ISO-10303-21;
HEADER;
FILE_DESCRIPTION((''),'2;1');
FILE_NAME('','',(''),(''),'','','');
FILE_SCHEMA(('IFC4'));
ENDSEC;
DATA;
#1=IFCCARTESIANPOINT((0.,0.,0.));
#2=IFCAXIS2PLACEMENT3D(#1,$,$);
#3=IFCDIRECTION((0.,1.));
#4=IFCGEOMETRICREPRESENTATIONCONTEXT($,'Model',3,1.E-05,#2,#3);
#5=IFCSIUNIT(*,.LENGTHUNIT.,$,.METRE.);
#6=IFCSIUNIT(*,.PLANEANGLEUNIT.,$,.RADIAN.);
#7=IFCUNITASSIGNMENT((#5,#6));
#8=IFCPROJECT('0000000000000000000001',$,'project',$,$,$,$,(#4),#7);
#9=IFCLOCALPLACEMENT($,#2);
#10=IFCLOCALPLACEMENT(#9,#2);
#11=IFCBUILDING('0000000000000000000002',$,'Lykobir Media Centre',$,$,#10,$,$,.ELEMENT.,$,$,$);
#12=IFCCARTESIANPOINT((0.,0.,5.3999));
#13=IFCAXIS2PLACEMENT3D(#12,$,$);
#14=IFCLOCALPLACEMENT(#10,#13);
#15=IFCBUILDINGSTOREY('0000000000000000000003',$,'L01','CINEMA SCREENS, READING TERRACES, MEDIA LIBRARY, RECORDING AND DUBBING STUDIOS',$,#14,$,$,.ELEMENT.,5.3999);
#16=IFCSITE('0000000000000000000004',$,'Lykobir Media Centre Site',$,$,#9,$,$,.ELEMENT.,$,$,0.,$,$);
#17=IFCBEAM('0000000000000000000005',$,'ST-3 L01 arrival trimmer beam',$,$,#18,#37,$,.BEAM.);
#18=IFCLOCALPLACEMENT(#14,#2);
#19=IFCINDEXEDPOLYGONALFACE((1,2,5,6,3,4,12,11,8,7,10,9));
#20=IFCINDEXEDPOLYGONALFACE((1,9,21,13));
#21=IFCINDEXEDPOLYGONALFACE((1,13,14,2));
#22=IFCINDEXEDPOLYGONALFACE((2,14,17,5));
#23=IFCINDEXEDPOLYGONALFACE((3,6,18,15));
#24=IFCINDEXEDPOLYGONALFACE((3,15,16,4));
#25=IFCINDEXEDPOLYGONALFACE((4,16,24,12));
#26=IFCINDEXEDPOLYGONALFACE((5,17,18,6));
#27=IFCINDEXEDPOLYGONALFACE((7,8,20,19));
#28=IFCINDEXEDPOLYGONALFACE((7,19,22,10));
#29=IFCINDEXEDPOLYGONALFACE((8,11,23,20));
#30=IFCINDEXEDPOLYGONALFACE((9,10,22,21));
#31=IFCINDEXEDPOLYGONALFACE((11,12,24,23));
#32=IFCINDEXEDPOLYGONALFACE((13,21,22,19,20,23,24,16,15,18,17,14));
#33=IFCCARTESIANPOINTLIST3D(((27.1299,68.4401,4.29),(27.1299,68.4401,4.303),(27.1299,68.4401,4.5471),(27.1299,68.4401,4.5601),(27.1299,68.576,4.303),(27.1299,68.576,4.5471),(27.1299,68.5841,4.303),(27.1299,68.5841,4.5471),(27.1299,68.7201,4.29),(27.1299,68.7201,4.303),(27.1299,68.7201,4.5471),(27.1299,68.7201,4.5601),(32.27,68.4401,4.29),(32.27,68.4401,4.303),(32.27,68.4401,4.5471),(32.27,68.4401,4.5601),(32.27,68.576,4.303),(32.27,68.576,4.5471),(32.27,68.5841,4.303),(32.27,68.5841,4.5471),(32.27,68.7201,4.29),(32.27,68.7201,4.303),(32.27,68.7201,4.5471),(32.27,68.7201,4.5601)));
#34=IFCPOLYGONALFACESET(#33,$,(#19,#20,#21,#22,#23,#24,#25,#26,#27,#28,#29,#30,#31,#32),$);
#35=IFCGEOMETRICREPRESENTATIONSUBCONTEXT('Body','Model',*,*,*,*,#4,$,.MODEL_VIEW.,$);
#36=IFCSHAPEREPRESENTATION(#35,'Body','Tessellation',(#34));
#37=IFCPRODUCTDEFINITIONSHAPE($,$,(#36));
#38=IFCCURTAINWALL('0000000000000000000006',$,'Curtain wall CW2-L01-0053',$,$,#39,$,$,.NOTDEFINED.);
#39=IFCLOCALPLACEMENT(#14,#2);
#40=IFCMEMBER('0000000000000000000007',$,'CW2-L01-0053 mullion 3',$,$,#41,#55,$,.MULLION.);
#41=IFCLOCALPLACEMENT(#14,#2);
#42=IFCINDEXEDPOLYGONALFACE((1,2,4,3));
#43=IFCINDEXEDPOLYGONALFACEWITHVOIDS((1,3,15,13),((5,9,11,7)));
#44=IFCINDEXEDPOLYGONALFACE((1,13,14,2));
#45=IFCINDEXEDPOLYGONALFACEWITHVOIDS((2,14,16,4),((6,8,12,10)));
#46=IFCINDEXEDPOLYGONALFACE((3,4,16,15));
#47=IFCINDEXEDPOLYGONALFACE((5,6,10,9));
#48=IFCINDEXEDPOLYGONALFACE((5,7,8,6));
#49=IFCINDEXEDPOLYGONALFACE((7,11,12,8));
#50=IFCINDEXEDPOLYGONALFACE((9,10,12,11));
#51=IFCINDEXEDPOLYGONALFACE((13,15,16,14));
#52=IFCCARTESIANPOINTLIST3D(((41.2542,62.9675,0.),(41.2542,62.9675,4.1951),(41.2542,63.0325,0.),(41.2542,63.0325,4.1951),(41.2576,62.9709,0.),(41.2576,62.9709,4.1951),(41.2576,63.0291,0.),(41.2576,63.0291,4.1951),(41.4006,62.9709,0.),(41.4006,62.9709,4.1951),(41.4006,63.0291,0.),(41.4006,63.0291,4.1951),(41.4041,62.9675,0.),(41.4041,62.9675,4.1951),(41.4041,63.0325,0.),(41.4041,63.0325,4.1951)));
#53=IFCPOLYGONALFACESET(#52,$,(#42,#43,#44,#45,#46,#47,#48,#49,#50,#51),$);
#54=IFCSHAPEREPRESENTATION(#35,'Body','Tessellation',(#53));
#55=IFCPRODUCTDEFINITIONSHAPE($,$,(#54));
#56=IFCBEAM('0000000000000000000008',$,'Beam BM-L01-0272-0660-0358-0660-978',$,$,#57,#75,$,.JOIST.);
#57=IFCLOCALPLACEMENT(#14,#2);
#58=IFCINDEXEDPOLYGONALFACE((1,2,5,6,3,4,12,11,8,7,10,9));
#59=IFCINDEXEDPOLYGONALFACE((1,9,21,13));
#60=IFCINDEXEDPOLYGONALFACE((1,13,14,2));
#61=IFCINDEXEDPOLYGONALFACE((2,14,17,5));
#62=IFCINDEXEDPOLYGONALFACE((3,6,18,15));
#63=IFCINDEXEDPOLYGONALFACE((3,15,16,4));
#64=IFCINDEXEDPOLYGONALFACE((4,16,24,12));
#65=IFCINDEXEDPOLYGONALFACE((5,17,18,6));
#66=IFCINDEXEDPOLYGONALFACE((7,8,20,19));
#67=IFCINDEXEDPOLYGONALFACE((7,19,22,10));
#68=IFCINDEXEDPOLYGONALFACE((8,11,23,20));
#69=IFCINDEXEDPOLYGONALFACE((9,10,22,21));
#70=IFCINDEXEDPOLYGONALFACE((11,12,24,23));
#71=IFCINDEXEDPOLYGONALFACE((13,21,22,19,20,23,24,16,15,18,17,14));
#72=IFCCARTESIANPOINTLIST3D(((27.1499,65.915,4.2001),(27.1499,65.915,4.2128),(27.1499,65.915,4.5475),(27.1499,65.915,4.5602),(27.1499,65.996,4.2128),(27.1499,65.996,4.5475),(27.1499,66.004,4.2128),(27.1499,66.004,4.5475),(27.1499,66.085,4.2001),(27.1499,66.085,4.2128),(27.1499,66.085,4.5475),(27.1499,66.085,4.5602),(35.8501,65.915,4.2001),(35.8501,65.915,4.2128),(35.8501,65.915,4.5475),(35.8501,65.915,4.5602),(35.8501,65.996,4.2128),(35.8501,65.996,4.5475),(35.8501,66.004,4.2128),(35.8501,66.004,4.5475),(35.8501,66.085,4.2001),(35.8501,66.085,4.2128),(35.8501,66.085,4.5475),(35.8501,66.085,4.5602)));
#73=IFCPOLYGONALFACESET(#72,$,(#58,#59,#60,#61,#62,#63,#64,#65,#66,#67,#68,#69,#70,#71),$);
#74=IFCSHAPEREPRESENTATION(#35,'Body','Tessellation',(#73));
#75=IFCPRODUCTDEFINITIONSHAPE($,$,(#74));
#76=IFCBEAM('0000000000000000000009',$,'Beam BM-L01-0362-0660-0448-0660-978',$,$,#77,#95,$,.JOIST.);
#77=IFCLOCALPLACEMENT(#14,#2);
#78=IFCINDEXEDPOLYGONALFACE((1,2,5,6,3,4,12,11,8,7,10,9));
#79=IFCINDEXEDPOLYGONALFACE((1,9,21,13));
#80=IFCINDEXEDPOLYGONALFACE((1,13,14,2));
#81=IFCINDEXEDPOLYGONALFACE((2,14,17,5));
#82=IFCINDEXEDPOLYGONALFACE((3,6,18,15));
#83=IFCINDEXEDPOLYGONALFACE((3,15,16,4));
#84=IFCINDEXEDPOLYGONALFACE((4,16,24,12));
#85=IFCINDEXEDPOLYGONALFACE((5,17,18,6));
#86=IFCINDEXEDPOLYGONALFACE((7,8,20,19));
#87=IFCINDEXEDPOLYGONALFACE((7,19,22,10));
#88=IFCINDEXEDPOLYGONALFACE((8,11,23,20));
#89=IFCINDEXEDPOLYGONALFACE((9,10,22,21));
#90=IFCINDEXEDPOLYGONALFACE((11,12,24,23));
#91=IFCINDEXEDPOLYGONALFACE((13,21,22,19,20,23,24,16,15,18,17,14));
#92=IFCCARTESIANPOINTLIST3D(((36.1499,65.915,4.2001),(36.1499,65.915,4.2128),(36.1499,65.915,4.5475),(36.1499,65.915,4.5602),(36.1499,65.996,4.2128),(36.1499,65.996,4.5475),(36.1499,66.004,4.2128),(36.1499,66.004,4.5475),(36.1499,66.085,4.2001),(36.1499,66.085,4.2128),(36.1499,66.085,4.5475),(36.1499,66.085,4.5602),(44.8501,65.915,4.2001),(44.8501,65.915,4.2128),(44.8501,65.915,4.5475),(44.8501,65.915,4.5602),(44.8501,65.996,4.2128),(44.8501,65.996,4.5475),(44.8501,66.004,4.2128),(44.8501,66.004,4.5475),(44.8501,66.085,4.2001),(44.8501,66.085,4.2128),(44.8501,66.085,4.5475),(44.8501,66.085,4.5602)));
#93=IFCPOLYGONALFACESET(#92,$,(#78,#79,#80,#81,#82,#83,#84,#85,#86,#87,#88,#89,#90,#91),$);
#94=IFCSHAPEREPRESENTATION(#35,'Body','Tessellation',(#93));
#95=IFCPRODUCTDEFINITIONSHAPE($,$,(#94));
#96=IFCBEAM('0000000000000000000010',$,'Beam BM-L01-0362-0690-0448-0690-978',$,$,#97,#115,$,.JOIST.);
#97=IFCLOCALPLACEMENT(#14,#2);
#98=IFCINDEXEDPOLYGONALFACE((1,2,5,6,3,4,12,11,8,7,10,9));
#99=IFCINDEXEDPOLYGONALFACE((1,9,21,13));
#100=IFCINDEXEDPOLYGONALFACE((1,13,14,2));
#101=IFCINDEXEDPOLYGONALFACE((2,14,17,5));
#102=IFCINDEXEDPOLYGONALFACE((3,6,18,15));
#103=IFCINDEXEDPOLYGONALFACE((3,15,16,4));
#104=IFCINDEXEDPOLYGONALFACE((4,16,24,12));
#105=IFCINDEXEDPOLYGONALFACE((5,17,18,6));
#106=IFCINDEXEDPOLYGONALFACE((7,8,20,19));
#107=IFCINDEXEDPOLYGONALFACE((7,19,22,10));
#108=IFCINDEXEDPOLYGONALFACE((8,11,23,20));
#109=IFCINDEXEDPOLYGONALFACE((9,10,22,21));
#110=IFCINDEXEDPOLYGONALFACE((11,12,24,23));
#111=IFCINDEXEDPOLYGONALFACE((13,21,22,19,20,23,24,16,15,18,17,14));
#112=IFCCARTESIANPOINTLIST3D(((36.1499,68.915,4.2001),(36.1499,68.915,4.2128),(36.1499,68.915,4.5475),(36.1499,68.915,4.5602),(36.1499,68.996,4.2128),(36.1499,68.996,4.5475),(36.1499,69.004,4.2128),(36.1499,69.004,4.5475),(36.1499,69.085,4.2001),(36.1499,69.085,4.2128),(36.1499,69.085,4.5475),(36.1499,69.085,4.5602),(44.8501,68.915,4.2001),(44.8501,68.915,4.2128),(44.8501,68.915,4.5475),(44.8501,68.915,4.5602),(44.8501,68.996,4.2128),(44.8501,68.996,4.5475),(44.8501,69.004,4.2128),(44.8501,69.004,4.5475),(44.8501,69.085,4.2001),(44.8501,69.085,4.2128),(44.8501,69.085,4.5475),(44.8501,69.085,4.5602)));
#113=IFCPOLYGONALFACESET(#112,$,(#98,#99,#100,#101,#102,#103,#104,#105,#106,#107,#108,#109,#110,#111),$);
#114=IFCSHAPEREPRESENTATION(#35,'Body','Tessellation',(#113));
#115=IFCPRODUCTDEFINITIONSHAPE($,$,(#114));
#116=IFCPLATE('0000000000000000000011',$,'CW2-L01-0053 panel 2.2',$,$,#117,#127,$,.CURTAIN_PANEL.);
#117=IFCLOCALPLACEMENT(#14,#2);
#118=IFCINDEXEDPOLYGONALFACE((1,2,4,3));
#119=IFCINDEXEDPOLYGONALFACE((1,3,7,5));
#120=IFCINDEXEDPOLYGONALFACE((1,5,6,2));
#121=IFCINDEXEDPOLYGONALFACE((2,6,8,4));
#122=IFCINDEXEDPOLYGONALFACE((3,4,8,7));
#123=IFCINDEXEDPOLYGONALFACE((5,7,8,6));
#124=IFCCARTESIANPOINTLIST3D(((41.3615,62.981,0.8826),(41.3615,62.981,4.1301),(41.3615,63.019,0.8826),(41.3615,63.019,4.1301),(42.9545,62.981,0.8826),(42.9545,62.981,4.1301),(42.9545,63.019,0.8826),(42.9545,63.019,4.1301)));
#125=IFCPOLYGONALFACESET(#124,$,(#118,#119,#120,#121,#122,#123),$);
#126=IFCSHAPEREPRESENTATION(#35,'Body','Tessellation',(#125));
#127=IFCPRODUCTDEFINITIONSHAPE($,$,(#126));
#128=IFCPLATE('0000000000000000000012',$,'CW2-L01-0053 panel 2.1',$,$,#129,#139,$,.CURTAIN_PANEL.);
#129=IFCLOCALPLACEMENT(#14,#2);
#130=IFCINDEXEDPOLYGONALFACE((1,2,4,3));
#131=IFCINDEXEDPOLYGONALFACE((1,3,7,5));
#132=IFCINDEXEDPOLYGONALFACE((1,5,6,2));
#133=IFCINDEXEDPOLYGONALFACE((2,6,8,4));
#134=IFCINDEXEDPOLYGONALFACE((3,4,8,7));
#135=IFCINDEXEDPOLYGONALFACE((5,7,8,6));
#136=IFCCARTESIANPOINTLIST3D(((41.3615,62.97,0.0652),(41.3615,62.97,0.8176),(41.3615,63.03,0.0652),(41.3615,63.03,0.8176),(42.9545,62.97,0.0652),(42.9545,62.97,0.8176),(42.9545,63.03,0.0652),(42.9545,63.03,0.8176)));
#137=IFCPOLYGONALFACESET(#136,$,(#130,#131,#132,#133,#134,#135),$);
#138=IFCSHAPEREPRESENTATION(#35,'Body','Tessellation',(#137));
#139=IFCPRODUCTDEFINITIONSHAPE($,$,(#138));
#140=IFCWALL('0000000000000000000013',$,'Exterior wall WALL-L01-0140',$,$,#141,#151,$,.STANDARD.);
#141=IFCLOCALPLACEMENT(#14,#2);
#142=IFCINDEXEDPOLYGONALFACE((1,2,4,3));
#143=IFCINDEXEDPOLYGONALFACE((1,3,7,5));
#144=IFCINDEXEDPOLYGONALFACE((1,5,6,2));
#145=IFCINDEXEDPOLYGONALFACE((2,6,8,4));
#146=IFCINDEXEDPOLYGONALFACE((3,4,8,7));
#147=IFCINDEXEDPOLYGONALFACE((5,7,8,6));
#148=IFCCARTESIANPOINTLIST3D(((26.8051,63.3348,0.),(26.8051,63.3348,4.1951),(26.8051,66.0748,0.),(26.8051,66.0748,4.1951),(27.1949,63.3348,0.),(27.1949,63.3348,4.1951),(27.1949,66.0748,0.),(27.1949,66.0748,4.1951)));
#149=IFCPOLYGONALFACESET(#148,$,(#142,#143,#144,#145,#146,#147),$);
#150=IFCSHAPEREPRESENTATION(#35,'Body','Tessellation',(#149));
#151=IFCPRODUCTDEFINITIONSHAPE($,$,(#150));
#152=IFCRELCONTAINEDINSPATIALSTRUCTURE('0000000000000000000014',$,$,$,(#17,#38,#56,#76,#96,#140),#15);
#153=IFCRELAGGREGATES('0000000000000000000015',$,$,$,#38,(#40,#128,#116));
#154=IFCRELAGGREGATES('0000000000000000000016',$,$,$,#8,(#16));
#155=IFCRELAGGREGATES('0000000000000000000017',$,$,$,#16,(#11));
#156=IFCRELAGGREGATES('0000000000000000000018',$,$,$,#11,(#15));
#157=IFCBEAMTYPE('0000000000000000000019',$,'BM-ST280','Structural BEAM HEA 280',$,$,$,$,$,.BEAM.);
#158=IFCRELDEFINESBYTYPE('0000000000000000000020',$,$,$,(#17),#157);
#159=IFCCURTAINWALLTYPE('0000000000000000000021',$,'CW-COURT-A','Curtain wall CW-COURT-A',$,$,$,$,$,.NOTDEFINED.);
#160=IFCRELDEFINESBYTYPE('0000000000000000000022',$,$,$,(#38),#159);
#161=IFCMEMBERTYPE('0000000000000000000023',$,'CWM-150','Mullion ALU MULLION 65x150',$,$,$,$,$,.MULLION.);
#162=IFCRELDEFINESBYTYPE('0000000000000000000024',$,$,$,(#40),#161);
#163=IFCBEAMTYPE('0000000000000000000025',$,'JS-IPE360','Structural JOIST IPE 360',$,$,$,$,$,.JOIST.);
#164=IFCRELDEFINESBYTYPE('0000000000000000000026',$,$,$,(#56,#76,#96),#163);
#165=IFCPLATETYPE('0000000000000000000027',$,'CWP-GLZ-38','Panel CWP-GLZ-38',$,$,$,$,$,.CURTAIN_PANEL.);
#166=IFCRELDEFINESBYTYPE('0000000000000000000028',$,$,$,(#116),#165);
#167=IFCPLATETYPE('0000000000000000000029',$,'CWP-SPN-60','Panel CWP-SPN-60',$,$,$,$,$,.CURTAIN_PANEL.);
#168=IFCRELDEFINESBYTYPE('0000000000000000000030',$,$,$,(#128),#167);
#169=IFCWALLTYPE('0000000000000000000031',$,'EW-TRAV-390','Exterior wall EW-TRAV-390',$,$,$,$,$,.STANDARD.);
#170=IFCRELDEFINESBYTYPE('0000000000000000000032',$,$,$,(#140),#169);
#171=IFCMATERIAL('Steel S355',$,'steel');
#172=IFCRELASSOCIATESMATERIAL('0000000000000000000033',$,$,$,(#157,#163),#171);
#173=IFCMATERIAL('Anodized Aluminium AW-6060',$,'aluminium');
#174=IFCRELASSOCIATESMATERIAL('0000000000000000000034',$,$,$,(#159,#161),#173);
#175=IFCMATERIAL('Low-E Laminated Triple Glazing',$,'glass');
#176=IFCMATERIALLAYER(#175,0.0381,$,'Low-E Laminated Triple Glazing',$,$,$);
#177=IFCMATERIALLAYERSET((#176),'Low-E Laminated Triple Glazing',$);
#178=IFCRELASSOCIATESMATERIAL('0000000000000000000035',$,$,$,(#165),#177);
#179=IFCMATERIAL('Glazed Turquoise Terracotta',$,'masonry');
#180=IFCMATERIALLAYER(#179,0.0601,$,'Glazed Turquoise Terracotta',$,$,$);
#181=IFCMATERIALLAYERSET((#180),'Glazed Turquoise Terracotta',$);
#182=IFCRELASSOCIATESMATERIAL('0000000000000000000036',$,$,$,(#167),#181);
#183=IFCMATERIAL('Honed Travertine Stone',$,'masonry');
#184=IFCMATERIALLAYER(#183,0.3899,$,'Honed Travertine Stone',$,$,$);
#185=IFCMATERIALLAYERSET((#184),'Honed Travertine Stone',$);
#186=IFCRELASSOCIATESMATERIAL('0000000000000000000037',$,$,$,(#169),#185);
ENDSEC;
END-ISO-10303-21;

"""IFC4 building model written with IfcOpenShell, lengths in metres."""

from ifc_helpers import new_model, si_unit, direction, frame, frame_2d, origin, origin_2d, place, context, subcontext, project, spatial, rectangle, hollow_rectangle, i_section, extrude, material, layer, layer_set, material_profile, profile_set, type_object, element, aggregate, save


model = new_model("IFC4")

# Units and contexts
model_context = context("Model", 3, precision=1e-05, world=origin(), true_north=direction((0.0, 1.0)))
body_context = subcontext(model_context, "Body", "Model", "MODEL_VIEW")
ifc_project = project(units=[si_unit("LENGTHUNIT", "METRE"), si_unit("PLANEANGLEUNIT", "RADIAN")], contexts=[model_context])

# Site, building, storey
site_placement = place(None, origin())
site = spatial("IfcSite", under=ifc_project, at=site_placement, Name="Lykobir Media Centre Site", CompositionType="ELEMENT", RefElevation=0.0)
building_placement = place(site_placement, origin())
building = spatial("IfcBuilding", under=site, at=building_placement, Name="Lykobir Media Centre", CompositionType="ELEMENT")
storey_placement = place(building_placement, frame((0.0, 0.0, 5.3999)))
storey = spatial("IfcBuildingStorey", under=building, at=storey_placement, Name="L01", Description="CINEMA SCREENS, READING TERRACES, MEDIA LIBRARY, RECORDING AND DUBBING STUDIOS", CompositionType="ELEMENT", Elevation=5.3999)

# Beam
ifc_material_1 = material(Name="Steel S355", Category="steel")
ifc_material_profile_1 = material_profile(ifc_material_1, i_section(OverallWidth=0.28, OverallDepth=0.27, WebThickness=0.0081, FlangeThickness=0.0129, at=origin_2d()), Name="HEA 280")
ifc_profile_set_1 = profile_set([ifc_material_profile_1], Name="Steel S355")
beam_type_1 = type_object("IfcBeamType", Name="BM-ST280", Description="Structural BEAM HEA 280", PredefinedType="BEAM", material=ifc_profile_set_1)
beam_placement = place(storey_placement, frame((27.1299, 68.5801, 4.425), z_axis=(1.0, 0.0, 0.0), x_axis=(0.0, 1.0, 0.0)))
element("IfcBeam", 1, at=beam_placement, inside=storey, type_object=beam_type_1, Name="ST-3 L01 arrival trimmer beam", PredefinedType="BEAM", context=body_context, shape_type="SweptSolid", body=[
    extrude(i_section(OverallWidth=0.28, OverallDepth=0.27, WebThickness=0.0081, FlangeThickness=0.0129, at=origin_2d()), origin(), (0.0, 0.0, 1.0), 5.1401),
])

# Curtain wall, member
ifc_material_2 = material(Name="Anodized Aluminium AW-6060", Category="aluminium")
curtain_wall_type = type_object("IfcCurtainWallType", Name="CW-COURT-A", Description="Curtain wall CW-COURT-A", PredefinedType="NOTDEFINED", material=ifc_material_2)
curtain_wall_placement = place(storey_placement, origin())
curtain_wall = element("IfcCurtainWall", 2, at=curtain_wall_placement, inside=storey, type_object=curtain_wall_type, Name="Curtain wall CW2-L01-0053", PredefinedType="NOTDEFINED")
ifc_material_profile_2 = material_profile(ifc_material_2, hollow_rectangle(XDim=0.0649, YDim=0.1499, WallThickness=0.0034, at=origin_2d()), Name="ALU MULLION 65x150")
ifc_profile_set_2 = profile_set([ifc_material_profile_2], Name="Anodized Aluminium AW-6060")
member_type = type_object("IfcMemberType", Name="CWM-150", Description="Mullion ALU MULLION 65x150", PredefinedType="MULLION", material=ifc_profile_set_2)
member_placement = place(storey_placement, frame((41.3291, 63.0, 0.0), z_axis=(0.0, 0.0, 1.0), x_axis=(0.0, -1.0, 0.0)))
member = element("IfcMember", 3, at=member_placement, type_object=member_type, Name="CW2-L01-0053 mullion 3", PredefinedType="MULLION", context=body_context, shape_type="SweptSolid", body=[
    extrude(hollow_rectangle(XDim=0.0649, YDim=0.1499, WallThickness=0.0034, at=origin_2d()), origin(), (0.0, 0.0, 1.0), 4.1951),
])

# Beams
ifc_material_profile_3 = material_profile(ifc_material_1, i_section(OverallWidth=0.1699, OverallDepth=0.3601, WebThickness=0.0081, FlangeThickness=0.0127, at=origin_2d()), Name="IPE 360")
ifc_profile_set_3 = profile_set([ifc_material_profile_3], Name="Steel S355")
beam_type_2 = type_object("IfcBeamType", Name="JS-IPE360", Description="Structural JOIST IPE 360", PredefinedType="JOIST", material=ifc_profile_set_3)
for number, where, z_axis, x_axis, name in (
    (4, (27.1499, 66.0, 4.3801), (1.0, 0.0, 0.0), (0.0, 1.0, 0.0), "Beam BM-L01-0272-0660-0358-0660-978"),
    (5, (36.1499, 66.0, 4.3801), (1.0, 0.0, 0.0), (0.0, 1.0, 0.0), "Beam BM-L01-0362-0660-0448-0660-978"),
    (6, (36.1499, 69.0, 4.3801), (1.0, 0.0, 0.0), (0.0, 1.0, 0.0), "Beam BM-L01-0362-0690-0448-0690-978"),
):
    element("IfcBeam", number, at=place(storey_placement, frame(where, z_axis=z_axis, x_axis=x_axis)), inside=storey, type_object=beam_type_2, Name=name, PredefinedType="JOIST", context=body_context, shape_type="SweptSolid", body=[
        extrude(i_section(OverallWidth=0.1699, OverallDepth=0.3601, WebThickness=0.0081, FlangeThickness=0.0127, at=origin_2d()), origin(), (0.0, 0.0, 1.0), 8.7002),
    ])

# Plates
ifc_material_3 = material(Name="Low-E Laminated Triple Glazing", Category="glass")
ifc_layer_1 = layer(ifc_material_3, 0.0381, Name="Low-E Laminated Triple Glazing")
ifc_layer_set_1 = layer_set([ifc_layer_1], Name="Low-E Laminated Triple Glazing")
plate_type_1 = type_object("IfcPlateType", Name="CWP-GLZ-38", Description="Panel CWP-GLZ-38", PredefinedType="CURTAIN_PANEL", material=ifc_layer_set_1)
plate_1_placement = place(storey_placement, frame((42.158, 63.0, 0.8826), z_axis=(0.0, 0.0, 1.0), x_axis=(-1.0, 0.0, 0.0)))
plate_1 = element("IfcPlate", 7, at=plate_1_placement, type_object=plate_type_1, Name="CW2-L01-0053 panel 2.2", PredefinedType="CURTAIN_PANEL", context=body_context, shape_type="SweptSolid", body=[
    extrude(rectangle(XDim=1.593, YDim=0.0381, at=origin_2d()), origin(), (0.0, 0.0, 1.0), 3.2476),
])
ifc_material_4 = material(Name="Glazed Turquoise Terracotta", Category="masonry")
ifc_layer_2 = layer(ifc_material_4, 0.0601, Name="Glazed Turquoise Terracotta")
ifc_layer_set_2 = layer_set([ifc_layer_2], Name="Glazed Turquoise Terracotta")
plate_type_2 = type_object("IfcPlateType", Name="CWP-SPN-60", Description="Panel CWP-SPN-60", PredefinedType="CURTAIN_PANEL", material=ifc_layer_set_2)
plate_2_placement = place(storey_placement, frame((42.158, 63.0, 0.0652), z_axis=(0.0, 0.0, 1.0), x_axis=(-1.0, 0.0, 0.0)))
plate_2 = element("IfcPlate", 8, at=plate_2_placement, type_object=plate_type_2, Name="CW2-L01-0053 panel 2.1", PredefinedType="CURTAIN_PANEL", context=body_context, shape_type="SweptSolid", body=[
    extrude(rectangle(XDim=1.593, YDim=0.0601, at=origin_2d()), origin(), (0.0, 0.0, 1.0), 0.7524),
])
aggregate(curtain_wall, [member, plate_2, plate_1])

# Wall
ifc_material_5 = material(Name="Honed Travertine Stone", Category="masonry")
ifc_layer_3 = layer(ifc_material_5, 0.3899, Name="Honed Travertine Stone")
ifc_layer_set_3 = layer_set([ifc_layer_3], Name="Honed Travertine Stone")
wall_type_1 = type_object("IfcWallType", Name="EW-TRAV-390", Description="Exterior wall EW-TRAV-390", PredefinedType="STANDARD", material=ifc_layer_set_3)
wall_1_placement = place(storey_placement, frame((27.0, 66.075, 0.0), z_axis=(0.0, 0.0, 1.0), x_axis=(0.0, -1.0, 0.0)))
element("IfcWall", 9, at=wall_1_placement, inside=storey, type_object=wall_type_1, Name="Exterior wall WALL-L01-0140", PredefinedType="STANDARD", context=body_context, shape_type="SweptSolid", body=[
    extrude(rectangle(XDim=2.74, YDim=0.3899, at=frame_2d((1.3701, 0.0))), origin(), (0.0, 0.0, 1.0), 4.1951),
])

save(model, "model.ifc")
